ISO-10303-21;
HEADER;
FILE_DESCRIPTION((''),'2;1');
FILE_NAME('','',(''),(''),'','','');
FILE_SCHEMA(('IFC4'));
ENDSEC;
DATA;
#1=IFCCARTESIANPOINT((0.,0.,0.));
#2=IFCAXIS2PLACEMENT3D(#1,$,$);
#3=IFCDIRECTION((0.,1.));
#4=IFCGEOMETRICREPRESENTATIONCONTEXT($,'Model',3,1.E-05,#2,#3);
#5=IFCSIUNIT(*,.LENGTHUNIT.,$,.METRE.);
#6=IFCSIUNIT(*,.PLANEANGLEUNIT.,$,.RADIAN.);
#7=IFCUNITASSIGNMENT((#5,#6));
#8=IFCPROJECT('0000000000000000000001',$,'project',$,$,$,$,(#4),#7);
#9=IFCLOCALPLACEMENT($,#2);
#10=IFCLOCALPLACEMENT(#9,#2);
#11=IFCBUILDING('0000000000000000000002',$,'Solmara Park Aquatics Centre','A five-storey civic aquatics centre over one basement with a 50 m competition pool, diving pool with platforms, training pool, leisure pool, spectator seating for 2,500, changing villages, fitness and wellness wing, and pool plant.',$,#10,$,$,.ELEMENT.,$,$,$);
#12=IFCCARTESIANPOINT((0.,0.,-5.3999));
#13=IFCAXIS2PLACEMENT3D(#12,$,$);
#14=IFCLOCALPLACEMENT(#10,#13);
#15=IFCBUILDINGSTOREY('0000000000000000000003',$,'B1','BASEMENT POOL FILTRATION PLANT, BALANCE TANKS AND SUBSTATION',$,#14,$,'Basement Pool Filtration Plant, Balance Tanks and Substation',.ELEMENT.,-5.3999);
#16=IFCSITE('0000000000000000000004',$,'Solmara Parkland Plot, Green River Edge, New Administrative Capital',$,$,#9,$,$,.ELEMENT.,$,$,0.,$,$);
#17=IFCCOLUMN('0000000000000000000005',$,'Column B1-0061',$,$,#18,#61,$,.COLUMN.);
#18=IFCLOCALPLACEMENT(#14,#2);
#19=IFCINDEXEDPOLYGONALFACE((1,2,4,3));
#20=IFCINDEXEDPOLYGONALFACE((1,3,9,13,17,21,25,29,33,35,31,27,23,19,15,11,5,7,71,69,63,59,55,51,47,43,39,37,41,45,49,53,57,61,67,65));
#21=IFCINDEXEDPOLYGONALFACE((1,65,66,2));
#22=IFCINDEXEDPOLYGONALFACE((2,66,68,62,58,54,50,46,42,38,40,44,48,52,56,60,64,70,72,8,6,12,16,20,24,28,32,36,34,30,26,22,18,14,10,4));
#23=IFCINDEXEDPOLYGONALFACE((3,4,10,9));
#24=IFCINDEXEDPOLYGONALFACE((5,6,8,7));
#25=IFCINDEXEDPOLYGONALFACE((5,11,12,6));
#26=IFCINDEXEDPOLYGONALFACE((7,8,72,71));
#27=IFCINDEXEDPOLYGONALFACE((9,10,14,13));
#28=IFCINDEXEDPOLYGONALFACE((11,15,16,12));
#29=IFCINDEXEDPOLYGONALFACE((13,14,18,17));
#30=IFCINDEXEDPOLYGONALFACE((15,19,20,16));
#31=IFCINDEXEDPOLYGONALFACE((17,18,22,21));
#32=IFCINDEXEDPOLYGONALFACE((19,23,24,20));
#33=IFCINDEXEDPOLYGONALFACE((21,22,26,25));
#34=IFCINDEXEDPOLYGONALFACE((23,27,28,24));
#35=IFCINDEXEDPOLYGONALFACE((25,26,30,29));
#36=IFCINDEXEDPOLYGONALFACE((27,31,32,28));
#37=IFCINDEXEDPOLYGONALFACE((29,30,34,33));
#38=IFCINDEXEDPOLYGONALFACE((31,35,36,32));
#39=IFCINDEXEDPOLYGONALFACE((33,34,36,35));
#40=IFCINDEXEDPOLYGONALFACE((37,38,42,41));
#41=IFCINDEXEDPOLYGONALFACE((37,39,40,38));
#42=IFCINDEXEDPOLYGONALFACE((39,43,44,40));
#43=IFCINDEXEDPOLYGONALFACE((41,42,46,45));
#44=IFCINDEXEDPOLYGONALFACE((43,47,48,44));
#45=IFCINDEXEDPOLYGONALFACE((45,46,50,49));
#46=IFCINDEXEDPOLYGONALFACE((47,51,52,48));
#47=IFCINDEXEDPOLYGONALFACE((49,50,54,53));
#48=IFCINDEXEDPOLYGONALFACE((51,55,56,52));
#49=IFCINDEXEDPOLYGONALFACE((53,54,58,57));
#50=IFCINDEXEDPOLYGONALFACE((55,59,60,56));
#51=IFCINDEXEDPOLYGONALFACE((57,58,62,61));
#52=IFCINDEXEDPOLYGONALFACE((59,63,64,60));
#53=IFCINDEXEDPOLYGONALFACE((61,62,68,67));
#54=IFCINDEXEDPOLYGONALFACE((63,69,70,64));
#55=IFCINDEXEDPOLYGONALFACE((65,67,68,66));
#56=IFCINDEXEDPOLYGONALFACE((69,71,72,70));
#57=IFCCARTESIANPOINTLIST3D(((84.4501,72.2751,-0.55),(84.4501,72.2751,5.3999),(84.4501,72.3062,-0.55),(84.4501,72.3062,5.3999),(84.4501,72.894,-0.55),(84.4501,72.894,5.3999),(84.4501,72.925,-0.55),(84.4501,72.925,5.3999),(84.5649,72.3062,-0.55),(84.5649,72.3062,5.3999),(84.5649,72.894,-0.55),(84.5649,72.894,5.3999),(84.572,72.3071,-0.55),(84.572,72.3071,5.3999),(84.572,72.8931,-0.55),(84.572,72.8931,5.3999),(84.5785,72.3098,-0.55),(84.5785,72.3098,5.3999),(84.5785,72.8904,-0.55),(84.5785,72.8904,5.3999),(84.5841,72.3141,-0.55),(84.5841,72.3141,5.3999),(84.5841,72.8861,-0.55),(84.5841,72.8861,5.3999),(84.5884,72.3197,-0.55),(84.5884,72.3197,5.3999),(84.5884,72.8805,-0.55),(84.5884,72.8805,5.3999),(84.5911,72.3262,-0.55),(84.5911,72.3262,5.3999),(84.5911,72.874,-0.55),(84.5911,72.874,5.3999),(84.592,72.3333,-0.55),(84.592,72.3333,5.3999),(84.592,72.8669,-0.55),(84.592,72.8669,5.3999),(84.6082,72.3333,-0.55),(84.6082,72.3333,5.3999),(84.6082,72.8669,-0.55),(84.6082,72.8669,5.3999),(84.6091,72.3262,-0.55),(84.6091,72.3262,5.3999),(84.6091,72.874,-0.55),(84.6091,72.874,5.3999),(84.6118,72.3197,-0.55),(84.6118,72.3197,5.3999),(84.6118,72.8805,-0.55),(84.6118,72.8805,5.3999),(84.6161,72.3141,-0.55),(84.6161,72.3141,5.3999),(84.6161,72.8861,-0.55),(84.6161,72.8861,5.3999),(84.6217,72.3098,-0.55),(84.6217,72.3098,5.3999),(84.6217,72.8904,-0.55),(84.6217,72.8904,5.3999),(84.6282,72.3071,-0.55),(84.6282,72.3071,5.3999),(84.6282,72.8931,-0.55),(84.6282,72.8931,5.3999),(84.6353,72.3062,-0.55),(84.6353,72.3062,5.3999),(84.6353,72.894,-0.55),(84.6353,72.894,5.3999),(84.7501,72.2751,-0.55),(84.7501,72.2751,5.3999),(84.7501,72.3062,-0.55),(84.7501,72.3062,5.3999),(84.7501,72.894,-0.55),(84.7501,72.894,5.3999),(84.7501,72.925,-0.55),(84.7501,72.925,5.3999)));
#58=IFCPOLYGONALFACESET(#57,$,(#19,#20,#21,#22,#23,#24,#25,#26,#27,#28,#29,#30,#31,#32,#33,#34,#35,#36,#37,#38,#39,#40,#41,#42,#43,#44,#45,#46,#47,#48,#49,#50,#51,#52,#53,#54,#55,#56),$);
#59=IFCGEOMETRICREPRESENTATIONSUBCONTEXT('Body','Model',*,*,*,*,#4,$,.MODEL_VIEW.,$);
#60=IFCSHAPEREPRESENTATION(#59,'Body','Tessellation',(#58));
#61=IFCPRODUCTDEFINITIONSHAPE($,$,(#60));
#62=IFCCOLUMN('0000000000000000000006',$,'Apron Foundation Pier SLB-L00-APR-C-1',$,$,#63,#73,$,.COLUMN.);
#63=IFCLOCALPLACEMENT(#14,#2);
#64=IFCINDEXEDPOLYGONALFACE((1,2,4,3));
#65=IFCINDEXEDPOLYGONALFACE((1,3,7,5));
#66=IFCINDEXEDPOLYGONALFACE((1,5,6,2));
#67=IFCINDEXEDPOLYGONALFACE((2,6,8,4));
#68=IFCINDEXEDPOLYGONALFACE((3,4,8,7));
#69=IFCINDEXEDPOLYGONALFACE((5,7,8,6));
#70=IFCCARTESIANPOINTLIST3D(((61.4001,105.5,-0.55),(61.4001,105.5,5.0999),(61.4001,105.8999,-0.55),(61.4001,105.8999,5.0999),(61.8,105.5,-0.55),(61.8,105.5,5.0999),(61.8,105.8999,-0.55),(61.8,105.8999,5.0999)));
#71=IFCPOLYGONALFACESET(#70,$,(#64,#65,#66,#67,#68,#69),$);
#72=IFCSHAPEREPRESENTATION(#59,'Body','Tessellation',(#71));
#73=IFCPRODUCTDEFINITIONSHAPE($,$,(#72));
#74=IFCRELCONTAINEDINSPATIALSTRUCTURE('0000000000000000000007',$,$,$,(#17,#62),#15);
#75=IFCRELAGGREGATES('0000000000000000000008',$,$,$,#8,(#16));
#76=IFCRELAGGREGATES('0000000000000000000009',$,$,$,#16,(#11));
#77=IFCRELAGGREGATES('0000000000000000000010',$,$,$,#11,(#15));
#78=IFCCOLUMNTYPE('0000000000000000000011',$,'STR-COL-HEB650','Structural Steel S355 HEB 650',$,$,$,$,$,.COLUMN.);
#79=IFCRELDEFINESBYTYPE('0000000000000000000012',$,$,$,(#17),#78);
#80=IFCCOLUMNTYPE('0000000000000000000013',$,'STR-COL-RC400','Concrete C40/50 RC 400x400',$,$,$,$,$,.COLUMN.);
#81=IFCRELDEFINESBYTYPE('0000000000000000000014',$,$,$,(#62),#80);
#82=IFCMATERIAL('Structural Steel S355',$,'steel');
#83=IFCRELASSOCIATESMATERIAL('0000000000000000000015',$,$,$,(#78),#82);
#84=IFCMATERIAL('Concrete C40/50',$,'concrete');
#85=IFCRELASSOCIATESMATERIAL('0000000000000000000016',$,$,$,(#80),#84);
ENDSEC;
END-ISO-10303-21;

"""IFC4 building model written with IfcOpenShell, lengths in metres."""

from ifc_helpers import new_model, si_unit, direction, frame, origin, origin_2d, place, context, subcontext, project, spatial, rectangle, i_section, extrude, material, material_profile, profile_set, type_object, element, save


model = new_model("IFC4")

# Units and contexts
model_context = context("Model", 3, precision=1e-05, world=origin(), true_north=direction((0.0, 1.0)))
body_context = subcontext(model_context, "Body", "Model", "MODEL_VIEW")
ifc_project = project(units=[si_unit("LENGTHUNIT", "METRE"), si_unit("PLANEANGLEUNIT", "RADIAN")], contexts=[model_context])

# Site, building, storey
site_placement = place(None, origin())
site = spatial("IfcSite", under=ifc_project, at=site_placement, Name="Solmara Parkland Plot, Green River Edge, New Administrative Capital", CompositionType="ELEMENT", RefElevation=0.0)
building_placement = place(site_placement, origin())
building = spatial("IfcBuilding", under=site, at=building_placement, Name="Solmara Park Aquatics Centre", Description="A five-storey civic aquatics centre over one basement with a 50 m competition pool, diving pool with platforms, training pool, leisure pool, spectator seating for 2,500, changing villages, fitness and wellness wing, and pool plant.", CompositionType="ELEMENT")
storey_placement = place(building_placement, frame((0.0, 0.0, -5.3999)))
storey = spatial("IfcBuildingStorey", under=building, at=storey_placement, Name="B1", Description="BASEMENT POOL FILTRATION PLANT, BALANCE TANKS AND SUBSTATION", LongName="Basement Pool Filtration Plant, Balance Tanks and Substation", CompositionType="ELEMENT", Elevation=-5.3999)

# Columns
ifc_material_1 = material(Name="Structural Steel S355", Category="steel")
ifc_material_profile_1 = material_profile(ifc_material_1, i_section(OverallWidth=0.3, OverallDepth=0.6499, WebThickness=0.0161, FlangeThickness=0.031, FilletRadius=0.0271, at=origin_2d()), Name="HEB 650")
ifc_profile_set_1 = profile_set([ifc_material_profile_1], Name="Structural Steel S355")
column_type_1 = type_object("IfcColumnType", Name="STR-COL-HEB650", Description="Structural Steel S355 HEB 650", PredefinedType="COLUMN", material=ifc_profile_set_1)
for number, where, z_axis, x_axis, name in (
    (1, (84.6001, 72.6001, -0.55), (0.0, 0.0, 1.0), (1.0, 0.0, 0.0), "Column B1-0061"),
):
    element("IfcColumn", number, at=place(storey_placement, frame(where, z_axis=z_axis, x_axis=x_axis)), inside=storey, type_object=column_type_1, Name=name, PredefinedType="COLUMN", context=body_context, shape_type="SweptSolid", body=[
        extrude(i_section(OverallWidth=0.3, OverallDepth=0.6499, WebThickness=0.0161, FlangeThickness=0.031, FilletRadius=0.0271, at=origin_2d()), origin(), (0.0, 0.0, 1.0), 5.95),
    ])
ifc_material_2 = material(Name="Concrete C40/50", Category="concrete")
ifc_material_profile_2 = material_profile(ifc_material_2, rectangle(XDim=0.3999, YDim=0.3999, at=origin_2d()), Name="RC 400x400")
ifc_profile_set_2 = profile_set([ifc_material_profile_2], Name="Concrete C40/50")
column_type_2 = type_object("IfcColumnType", Name="STR-COL-RC400", Description="Concrete C40/50 RC 400x400", PredefinedType="COLUMN", material=ifc_profile_set_2)
column_placement = place(storey_placement, frame((61.6001, 105.7, -0.55), z_axis=(0.0, 0.0, 1.0), x_axis=(1.0, 0.0, 0.0)))
element("IfcColumn", 2, at=column_placement, inside=storey, type_object=column_type_2, Name="Apron Foundation Pier SLB-L00-APR-C-1", PredefinedType="COLUMN", context=body_context, shape_type="SweptSolid", body=[
    extrude(rectangle(XDim=0.3999, YDim=0.3999, at=origin_2d()), origin(), (0.0, 0.0, 1.0), 5.6499),
])

save(model, "model.ifc")
